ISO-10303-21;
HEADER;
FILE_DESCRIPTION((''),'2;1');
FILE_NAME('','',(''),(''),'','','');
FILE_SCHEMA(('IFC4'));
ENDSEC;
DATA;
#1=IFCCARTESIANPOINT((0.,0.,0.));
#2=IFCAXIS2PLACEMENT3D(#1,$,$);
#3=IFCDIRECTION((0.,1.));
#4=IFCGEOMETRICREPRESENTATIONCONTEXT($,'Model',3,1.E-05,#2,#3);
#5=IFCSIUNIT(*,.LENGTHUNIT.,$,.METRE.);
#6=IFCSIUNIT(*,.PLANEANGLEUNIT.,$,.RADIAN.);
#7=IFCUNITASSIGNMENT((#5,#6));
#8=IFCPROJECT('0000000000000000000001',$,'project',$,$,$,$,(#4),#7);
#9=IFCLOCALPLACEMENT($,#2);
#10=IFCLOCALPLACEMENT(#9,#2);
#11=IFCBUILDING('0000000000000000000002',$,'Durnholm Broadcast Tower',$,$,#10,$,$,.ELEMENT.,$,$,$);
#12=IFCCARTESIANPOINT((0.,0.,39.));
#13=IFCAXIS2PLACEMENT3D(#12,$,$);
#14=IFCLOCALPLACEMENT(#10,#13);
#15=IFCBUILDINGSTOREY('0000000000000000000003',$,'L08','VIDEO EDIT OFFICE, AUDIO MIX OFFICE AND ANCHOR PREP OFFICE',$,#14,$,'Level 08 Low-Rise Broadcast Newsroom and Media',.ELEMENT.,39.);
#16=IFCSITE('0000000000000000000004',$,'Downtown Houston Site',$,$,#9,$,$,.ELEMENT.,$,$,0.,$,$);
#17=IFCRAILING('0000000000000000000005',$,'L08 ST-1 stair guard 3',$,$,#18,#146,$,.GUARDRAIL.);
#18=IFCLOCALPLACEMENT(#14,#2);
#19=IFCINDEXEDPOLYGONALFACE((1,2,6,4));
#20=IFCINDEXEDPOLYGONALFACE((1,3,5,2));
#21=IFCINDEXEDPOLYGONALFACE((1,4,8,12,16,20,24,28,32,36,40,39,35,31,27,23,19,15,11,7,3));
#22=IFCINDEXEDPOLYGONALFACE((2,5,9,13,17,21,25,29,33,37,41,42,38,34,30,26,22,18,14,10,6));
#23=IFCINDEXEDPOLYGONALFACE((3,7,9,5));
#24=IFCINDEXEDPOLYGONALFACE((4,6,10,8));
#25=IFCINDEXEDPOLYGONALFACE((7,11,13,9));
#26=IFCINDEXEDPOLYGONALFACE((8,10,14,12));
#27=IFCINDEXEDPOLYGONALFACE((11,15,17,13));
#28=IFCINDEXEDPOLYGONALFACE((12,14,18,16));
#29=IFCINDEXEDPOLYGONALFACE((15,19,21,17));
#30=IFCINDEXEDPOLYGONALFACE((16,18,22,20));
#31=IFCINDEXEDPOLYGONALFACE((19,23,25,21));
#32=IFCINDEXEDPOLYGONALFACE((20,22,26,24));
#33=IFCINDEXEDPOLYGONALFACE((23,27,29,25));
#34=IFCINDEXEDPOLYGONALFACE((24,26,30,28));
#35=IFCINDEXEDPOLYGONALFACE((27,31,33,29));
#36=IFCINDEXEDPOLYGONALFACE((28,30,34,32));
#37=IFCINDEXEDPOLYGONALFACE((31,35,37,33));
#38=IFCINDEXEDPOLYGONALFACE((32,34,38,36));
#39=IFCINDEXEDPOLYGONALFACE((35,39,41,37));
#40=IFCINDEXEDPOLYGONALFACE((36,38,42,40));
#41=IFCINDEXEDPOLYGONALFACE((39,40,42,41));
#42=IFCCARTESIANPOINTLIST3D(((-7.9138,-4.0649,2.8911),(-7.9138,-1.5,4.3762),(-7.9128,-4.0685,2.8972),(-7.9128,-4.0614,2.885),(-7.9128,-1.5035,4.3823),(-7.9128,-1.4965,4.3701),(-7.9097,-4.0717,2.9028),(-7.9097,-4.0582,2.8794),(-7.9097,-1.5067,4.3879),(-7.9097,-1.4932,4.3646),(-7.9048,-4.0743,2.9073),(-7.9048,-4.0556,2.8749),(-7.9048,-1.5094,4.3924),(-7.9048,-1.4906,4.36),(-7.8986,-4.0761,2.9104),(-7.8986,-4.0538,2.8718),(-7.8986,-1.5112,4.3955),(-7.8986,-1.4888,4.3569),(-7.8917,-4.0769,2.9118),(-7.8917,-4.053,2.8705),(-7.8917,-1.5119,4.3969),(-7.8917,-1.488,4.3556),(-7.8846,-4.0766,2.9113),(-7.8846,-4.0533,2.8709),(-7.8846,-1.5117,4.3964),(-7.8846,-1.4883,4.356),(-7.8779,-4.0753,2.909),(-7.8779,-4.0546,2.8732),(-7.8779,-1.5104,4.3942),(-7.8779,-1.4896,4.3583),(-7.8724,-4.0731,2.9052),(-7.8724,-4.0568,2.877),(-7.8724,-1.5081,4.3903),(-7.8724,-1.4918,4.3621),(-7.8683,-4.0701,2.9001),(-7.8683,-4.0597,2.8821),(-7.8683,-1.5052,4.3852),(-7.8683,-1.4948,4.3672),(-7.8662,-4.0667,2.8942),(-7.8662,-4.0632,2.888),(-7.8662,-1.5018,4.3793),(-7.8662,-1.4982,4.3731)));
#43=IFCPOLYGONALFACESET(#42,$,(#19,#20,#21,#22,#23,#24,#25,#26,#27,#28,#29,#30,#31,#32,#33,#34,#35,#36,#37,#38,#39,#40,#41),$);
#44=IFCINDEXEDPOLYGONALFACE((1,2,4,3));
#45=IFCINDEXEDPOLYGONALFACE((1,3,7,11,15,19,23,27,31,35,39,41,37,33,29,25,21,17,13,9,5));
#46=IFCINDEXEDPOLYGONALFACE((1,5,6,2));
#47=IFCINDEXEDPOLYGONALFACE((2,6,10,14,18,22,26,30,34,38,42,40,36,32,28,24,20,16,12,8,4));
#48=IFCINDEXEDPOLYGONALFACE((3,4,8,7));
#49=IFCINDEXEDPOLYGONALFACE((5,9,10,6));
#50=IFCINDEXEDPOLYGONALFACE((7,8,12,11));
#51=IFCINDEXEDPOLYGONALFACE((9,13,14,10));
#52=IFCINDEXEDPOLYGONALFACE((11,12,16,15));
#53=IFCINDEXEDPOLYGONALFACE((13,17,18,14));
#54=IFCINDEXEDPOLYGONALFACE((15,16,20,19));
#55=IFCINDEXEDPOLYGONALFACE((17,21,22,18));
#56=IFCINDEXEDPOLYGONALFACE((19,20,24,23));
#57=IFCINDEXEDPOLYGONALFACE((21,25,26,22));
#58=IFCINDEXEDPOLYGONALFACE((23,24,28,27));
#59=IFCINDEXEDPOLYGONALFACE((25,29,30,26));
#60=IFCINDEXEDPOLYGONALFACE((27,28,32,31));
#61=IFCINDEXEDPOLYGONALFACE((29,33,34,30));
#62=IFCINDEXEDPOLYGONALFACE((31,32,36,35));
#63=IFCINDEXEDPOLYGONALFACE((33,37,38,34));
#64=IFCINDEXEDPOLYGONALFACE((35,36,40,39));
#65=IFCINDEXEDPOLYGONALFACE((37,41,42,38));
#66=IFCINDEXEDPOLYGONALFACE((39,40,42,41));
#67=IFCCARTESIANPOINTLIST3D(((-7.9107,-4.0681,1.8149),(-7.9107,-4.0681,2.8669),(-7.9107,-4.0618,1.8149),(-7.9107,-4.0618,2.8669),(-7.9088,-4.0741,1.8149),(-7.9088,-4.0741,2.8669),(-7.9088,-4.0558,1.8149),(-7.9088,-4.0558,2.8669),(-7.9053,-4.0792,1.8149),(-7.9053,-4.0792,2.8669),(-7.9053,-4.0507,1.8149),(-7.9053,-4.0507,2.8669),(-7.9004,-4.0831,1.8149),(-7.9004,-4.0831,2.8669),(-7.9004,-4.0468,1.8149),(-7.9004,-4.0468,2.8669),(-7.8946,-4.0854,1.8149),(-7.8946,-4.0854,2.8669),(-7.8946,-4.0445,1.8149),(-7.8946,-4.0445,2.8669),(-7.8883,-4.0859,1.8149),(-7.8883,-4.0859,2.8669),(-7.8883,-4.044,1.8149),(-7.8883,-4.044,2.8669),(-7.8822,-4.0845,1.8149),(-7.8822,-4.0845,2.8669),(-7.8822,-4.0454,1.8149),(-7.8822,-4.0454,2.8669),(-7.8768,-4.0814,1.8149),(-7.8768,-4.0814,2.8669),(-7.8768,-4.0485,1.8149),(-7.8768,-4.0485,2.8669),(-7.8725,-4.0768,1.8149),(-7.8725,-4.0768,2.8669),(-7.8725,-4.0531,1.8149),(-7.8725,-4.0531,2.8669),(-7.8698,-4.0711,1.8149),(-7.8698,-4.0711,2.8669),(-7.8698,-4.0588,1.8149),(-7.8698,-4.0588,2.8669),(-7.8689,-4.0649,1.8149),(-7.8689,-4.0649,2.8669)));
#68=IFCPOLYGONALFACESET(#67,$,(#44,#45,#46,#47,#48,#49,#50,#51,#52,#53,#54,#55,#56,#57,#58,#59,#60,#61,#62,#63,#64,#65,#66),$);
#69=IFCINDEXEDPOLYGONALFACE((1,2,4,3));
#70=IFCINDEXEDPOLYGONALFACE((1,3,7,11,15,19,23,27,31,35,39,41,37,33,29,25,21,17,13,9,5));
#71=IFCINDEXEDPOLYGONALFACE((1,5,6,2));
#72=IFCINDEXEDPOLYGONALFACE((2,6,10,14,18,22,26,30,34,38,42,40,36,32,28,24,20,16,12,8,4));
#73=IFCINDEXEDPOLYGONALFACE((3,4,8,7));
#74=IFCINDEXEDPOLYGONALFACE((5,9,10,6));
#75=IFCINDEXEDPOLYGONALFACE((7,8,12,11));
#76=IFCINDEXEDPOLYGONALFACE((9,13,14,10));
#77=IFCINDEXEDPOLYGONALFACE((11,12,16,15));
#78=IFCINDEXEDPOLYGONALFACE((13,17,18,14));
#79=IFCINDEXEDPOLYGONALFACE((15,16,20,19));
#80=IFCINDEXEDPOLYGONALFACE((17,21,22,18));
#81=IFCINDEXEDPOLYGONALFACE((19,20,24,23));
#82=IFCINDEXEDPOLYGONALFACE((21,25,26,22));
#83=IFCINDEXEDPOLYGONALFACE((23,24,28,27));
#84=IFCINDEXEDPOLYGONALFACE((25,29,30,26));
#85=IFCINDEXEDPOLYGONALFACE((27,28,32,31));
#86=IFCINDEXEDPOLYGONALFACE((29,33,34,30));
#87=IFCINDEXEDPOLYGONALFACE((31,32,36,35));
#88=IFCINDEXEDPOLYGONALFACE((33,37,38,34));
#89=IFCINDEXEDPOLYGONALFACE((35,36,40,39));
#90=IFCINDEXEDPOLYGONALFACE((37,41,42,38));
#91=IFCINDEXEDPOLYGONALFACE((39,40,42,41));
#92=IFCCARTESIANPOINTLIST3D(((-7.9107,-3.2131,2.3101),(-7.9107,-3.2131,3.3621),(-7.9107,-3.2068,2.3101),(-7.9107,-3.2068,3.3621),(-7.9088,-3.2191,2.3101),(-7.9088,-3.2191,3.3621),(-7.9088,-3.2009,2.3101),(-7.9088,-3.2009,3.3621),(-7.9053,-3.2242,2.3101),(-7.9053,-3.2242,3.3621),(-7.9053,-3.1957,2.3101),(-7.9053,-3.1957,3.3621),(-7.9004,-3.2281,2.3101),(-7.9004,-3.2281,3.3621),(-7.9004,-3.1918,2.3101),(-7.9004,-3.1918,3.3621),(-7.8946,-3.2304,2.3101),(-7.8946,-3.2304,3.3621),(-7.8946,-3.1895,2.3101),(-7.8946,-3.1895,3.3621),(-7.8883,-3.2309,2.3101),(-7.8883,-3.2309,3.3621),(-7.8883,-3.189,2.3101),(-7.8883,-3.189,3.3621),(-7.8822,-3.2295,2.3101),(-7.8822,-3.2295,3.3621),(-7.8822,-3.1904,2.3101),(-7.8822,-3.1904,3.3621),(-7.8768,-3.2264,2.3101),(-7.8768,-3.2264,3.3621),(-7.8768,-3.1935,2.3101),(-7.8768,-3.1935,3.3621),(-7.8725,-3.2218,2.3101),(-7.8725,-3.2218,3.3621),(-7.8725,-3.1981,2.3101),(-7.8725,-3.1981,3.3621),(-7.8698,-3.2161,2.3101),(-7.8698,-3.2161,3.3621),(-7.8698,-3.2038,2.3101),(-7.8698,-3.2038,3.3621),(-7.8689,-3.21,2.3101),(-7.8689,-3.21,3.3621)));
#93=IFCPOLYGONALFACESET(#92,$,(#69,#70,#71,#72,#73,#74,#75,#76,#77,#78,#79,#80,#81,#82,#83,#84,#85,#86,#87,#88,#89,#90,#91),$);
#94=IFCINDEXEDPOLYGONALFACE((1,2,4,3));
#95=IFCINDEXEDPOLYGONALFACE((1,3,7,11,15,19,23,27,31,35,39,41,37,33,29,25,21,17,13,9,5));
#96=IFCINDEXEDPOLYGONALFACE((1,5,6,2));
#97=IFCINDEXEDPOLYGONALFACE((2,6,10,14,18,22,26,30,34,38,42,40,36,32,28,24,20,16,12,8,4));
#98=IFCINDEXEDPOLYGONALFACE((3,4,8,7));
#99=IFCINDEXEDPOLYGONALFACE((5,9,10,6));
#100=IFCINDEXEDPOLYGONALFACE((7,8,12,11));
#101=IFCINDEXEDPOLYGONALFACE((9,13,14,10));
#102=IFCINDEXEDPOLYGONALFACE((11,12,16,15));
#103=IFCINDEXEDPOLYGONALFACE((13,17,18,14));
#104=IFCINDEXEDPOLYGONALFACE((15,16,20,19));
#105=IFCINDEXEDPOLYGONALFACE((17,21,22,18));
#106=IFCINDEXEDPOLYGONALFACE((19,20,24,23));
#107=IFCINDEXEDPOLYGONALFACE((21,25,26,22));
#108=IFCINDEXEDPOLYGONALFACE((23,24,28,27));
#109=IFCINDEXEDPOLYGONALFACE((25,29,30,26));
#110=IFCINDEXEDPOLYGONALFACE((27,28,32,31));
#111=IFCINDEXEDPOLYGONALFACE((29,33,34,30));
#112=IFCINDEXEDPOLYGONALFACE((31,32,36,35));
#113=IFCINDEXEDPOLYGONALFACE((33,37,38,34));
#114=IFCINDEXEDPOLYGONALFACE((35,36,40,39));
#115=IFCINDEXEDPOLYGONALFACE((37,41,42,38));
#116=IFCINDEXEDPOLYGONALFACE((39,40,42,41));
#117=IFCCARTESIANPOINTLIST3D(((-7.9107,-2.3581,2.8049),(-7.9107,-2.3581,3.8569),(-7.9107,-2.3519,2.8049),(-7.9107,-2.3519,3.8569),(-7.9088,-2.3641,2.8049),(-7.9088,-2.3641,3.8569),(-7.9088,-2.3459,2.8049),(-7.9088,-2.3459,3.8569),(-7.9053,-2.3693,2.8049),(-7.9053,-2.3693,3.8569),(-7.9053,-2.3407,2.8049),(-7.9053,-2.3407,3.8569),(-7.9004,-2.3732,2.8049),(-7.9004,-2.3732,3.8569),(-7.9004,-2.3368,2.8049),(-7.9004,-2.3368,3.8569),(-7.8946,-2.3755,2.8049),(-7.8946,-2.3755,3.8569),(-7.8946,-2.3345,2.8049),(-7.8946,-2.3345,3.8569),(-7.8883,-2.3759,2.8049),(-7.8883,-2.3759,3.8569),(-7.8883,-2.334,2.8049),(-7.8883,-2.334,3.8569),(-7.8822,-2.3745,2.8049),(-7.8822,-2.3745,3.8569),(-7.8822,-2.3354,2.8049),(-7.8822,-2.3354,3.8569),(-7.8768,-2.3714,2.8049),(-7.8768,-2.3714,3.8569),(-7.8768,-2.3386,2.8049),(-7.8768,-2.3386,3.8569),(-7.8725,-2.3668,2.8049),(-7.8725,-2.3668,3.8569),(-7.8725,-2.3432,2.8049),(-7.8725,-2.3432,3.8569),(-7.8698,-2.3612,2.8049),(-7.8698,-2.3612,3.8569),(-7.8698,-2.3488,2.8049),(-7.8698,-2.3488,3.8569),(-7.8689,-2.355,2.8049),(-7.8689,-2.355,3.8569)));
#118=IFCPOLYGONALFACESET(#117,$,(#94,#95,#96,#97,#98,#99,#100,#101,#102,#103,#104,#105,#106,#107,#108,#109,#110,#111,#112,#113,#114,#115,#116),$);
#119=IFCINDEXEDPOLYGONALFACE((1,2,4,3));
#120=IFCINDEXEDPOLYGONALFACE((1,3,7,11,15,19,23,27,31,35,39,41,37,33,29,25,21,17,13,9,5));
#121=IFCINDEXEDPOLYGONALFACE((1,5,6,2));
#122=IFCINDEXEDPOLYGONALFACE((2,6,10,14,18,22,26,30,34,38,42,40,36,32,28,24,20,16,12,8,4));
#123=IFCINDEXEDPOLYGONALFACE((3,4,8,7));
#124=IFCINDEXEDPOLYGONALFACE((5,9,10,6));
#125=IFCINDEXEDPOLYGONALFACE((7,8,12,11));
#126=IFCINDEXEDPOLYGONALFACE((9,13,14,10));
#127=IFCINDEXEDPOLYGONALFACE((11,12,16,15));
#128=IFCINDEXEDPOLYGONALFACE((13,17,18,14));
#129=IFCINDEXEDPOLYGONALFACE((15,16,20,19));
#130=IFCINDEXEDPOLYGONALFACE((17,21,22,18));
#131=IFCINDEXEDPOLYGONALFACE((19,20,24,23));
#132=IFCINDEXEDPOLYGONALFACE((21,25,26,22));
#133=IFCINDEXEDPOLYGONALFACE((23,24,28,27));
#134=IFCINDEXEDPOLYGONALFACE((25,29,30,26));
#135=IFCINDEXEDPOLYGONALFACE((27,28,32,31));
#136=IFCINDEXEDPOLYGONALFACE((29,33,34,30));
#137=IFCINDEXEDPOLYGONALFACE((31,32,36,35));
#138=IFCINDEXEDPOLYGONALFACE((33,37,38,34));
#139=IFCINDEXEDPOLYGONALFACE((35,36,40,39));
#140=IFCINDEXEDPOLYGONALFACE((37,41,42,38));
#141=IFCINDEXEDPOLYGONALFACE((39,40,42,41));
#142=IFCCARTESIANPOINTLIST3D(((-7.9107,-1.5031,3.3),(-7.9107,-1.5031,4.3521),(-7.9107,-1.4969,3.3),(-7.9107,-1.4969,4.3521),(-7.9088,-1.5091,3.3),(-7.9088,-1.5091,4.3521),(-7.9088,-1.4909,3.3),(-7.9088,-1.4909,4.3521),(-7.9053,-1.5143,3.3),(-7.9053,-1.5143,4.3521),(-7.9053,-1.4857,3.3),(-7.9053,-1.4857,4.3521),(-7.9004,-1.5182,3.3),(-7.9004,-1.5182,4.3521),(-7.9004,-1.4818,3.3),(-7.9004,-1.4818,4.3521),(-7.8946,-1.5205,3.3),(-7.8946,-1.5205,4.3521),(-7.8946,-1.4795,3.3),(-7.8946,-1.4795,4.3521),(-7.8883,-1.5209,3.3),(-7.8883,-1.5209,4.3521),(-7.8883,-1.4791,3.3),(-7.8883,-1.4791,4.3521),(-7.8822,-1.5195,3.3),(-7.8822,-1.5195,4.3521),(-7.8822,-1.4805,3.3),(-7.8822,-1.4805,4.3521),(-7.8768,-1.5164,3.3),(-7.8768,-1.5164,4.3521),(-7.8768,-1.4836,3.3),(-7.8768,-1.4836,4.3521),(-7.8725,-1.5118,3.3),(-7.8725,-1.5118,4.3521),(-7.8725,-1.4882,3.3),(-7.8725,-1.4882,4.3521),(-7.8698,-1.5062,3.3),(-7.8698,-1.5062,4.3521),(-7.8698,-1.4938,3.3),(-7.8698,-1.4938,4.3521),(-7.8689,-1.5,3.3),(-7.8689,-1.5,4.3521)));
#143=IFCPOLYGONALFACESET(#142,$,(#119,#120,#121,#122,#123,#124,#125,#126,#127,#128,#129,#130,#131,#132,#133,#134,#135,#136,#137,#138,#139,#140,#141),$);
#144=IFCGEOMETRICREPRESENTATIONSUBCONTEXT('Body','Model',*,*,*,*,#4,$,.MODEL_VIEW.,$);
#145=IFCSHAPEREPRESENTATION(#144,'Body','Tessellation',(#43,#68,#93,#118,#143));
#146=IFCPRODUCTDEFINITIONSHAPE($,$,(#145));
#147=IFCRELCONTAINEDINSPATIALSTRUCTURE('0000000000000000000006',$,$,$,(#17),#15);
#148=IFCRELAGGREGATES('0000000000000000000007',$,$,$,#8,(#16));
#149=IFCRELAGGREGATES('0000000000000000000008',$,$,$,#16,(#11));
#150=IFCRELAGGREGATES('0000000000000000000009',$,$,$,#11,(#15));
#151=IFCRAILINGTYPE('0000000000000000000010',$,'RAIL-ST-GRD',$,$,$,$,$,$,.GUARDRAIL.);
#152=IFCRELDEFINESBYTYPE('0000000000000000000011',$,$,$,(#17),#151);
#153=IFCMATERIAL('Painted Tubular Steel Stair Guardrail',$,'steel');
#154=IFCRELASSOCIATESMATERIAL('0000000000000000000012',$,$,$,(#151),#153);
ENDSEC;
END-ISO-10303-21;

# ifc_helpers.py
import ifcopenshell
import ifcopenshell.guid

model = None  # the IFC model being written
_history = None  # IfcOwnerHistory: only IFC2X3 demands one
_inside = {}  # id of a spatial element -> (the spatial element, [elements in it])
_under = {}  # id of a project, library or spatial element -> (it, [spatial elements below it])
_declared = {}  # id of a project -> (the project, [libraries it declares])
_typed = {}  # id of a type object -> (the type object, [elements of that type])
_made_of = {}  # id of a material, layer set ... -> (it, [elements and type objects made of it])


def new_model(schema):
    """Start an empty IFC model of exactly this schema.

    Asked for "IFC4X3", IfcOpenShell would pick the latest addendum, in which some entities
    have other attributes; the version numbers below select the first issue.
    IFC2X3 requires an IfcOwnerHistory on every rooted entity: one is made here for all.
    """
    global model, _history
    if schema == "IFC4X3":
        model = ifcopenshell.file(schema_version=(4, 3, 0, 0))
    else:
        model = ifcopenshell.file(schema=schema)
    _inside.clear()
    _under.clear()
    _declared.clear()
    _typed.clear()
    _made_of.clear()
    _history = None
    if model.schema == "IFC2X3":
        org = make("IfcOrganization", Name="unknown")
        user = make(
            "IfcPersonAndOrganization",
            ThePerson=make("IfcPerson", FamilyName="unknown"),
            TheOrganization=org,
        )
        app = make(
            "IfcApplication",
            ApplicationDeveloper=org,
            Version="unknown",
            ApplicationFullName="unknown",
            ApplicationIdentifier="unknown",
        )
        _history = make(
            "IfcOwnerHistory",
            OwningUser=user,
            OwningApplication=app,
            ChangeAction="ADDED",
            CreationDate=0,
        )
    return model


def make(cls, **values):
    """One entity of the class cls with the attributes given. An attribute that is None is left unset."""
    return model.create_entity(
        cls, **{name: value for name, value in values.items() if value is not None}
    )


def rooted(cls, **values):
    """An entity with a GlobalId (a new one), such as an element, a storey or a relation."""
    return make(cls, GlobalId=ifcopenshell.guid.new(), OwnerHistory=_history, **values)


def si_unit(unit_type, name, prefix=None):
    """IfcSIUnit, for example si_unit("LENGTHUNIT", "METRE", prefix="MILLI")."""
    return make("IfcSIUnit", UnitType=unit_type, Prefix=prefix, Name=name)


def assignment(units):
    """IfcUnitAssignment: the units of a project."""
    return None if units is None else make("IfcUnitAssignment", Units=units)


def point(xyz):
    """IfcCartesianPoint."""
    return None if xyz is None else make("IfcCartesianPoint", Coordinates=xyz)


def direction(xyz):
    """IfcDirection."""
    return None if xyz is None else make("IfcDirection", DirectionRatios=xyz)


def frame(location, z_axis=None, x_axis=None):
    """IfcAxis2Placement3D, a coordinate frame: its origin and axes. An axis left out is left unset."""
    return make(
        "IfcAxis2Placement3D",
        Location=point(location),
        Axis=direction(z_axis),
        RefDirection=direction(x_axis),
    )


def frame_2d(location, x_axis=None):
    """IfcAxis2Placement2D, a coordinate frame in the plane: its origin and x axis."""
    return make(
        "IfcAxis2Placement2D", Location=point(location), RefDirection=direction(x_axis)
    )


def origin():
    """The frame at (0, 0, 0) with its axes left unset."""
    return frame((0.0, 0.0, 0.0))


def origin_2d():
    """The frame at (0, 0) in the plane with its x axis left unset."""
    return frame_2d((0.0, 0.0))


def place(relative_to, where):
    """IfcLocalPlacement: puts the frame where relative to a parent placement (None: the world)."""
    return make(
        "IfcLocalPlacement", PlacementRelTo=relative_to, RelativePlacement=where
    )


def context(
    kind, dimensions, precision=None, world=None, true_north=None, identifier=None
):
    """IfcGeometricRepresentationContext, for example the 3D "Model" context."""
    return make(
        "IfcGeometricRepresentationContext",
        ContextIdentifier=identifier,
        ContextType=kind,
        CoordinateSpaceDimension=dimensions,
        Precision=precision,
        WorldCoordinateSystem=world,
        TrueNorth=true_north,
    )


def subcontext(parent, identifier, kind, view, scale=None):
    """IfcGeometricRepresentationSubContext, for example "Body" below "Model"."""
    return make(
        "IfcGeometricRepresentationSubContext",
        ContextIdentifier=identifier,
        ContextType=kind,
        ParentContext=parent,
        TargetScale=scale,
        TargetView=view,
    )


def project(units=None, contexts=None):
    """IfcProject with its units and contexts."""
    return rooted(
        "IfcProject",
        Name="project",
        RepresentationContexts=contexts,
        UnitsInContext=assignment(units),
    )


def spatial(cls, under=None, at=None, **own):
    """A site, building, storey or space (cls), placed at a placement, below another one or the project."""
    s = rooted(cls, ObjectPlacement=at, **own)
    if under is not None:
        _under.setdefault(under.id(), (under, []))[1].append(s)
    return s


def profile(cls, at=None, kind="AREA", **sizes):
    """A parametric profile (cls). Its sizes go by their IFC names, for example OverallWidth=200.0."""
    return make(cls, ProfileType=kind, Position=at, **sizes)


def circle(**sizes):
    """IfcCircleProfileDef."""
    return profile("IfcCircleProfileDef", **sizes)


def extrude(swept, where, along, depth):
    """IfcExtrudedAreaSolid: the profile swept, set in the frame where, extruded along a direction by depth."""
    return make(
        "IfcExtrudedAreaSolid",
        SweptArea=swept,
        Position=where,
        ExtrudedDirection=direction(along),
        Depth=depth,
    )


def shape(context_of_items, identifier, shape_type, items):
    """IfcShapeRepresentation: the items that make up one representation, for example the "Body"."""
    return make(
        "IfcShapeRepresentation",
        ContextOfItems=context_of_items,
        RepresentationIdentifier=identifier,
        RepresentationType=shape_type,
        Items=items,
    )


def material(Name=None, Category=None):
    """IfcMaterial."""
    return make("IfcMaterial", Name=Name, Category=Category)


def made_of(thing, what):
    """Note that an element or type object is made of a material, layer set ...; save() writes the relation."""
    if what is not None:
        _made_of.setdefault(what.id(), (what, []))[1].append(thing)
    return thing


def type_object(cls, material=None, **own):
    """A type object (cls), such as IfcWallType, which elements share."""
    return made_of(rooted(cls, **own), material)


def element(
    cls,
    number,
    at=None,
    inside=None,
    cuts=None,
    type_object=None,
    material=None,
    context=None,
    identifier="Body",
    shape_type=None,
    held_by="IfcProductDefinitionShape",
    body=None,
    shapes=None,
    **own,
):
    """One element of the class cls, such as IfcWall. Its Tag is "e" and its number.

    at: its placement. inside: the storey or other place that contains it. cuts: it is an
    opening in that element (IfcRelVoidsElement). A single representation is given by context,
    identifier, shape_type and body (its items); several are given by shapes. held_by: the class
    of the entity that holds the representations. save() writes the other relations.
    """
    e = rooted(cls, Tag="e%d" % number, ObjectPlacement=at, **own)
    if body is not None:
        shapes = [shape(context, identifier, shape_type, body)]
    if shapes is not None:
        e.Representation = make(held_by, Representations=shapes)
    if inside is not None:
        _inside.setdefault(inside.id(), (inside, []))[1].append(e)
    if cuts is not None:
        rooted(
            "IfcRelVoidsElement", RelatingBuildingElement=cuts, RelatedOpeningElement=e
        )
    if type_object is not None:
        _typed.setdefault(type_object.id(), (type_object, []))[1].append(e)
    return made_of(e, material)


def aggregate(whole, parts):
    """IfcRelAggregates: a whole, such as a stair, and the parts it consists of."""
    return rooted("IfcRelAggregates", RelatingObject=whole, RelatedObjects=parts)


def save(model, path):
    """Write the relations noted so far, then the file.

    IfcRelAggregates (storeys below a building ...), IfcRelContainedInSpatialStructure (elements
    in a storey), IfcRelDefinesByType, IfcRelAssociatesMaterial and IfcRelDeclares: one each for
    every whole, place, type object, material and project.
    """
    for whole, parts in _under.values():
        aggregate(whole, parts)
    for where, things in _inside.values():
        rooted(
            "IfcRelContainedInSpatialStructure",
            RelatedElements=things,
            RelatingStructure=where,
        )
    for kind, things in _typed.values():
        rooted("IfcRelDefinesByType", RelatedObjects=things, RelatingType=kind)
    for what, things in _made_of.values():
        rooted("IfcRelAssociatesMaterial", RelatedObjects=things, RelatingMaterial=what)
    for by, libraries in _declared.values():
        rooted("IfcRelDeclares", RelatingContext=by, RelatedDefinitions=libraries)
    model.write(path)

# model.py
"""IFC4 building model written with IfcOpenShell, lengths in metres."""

from ifc_helpers import new_model, si_unit, direction, frame, origin, origin_2d, place, context, subcontext, project, spatial, circle, extrude, material, type_object, element, save


model = new_model("IFC4")

# Units and contexts
model_context = context("Model", 3, precision=1e-05, world=origin(), true_north=direction((0.0, 1.0)))
body_context = subcontext(model_context, "Body", "Model", "MODEL_VIEW")
ifc_project = project(units=[si_unit("LENGTHUNIT", "METRE"), si_unit("PLANEANGLEUNIT", "RADIAN")], contexts=[model_context])

# Site, building, storey
site_placement = place(None, origin())
site = spatial("IfcSite", under=ifc_project, at=site_placement, Name="Downtown Houston Site", CompositionType="ELEMENT", RefElevation=0.0)
building_placement = place(site_placement, origin())
building = spatial("IfcBuilding", under=site, at=building_placement, Name="Durnholm Broadcast Tower", CompositionType="ELEMENT")
storey_placement = place(building_placement, frame((0.0, 0.0, 39.0)))
storey = spatial("IfcBuildingStorey", under=building, at=storey_placement, Name="L08", Description="VIDEO EDIT OFFICE, AUDIO MIX OFFICE AND ANCHOR PREP OFFICE", LongName="Level 08 Low-Rise Broadcast Newsroom and Media", CompositionType="ELEMENT", Elevation=39.0)

# Railing
ifc_material_1 = material(Name="Painted Tubular Steel Stair Guardrail", Category="steel")
railing_type_1 = type_object("IfcRailingType", Name="RAIL-ST-GRD", PredefinedType="GUARDRAIL", material=ifc_material_1)
railing_1_placement = place(storey_placement, frame((-7.8899, -4.0649, 1.8149)))
element("IfcRailing", 1, at=railing_1_placement, inside=storey, type_object=railing_type_1, Name="L08 ST-1 stair guard 3", PredefinedType="GUARDRAIL", context=body_context, shape_type="SweptSolid", body=[
    extrude(circle(Radius=0.0239, at=origin_2d()), frame((0.0, 0.0, 1.0762), z_axis=(0.0, 0.865406, 0.501072), x_axis=(-1.0, 0.0, 0.0)), (0.0, 0.0, 1.0), 2.9639),
    extrude(circle(Radius=0.021, at=origin_2d()), origin(), (0.0, 0.0, 1.0), 1.052),
    extrude(circle(Radius=0.021, at=origin_2d()), frame((0.0, 0.855, 0.4951)), (0.0, 0.0, 1.0), 1.052),
    extrude(circle(Radius=0.021, at=origin_2d()), frame((0.0, 1.71, 0.99)), (0.0, 0.0, 1.0), 1.052),
    extrude(circle(Radius=0.021, at=origin_2d()), frame((0.0, 2.5649, 1.4851)), (0.0, 0.0, 1.0), 1.052),
])

save(model, "model.ifc")
